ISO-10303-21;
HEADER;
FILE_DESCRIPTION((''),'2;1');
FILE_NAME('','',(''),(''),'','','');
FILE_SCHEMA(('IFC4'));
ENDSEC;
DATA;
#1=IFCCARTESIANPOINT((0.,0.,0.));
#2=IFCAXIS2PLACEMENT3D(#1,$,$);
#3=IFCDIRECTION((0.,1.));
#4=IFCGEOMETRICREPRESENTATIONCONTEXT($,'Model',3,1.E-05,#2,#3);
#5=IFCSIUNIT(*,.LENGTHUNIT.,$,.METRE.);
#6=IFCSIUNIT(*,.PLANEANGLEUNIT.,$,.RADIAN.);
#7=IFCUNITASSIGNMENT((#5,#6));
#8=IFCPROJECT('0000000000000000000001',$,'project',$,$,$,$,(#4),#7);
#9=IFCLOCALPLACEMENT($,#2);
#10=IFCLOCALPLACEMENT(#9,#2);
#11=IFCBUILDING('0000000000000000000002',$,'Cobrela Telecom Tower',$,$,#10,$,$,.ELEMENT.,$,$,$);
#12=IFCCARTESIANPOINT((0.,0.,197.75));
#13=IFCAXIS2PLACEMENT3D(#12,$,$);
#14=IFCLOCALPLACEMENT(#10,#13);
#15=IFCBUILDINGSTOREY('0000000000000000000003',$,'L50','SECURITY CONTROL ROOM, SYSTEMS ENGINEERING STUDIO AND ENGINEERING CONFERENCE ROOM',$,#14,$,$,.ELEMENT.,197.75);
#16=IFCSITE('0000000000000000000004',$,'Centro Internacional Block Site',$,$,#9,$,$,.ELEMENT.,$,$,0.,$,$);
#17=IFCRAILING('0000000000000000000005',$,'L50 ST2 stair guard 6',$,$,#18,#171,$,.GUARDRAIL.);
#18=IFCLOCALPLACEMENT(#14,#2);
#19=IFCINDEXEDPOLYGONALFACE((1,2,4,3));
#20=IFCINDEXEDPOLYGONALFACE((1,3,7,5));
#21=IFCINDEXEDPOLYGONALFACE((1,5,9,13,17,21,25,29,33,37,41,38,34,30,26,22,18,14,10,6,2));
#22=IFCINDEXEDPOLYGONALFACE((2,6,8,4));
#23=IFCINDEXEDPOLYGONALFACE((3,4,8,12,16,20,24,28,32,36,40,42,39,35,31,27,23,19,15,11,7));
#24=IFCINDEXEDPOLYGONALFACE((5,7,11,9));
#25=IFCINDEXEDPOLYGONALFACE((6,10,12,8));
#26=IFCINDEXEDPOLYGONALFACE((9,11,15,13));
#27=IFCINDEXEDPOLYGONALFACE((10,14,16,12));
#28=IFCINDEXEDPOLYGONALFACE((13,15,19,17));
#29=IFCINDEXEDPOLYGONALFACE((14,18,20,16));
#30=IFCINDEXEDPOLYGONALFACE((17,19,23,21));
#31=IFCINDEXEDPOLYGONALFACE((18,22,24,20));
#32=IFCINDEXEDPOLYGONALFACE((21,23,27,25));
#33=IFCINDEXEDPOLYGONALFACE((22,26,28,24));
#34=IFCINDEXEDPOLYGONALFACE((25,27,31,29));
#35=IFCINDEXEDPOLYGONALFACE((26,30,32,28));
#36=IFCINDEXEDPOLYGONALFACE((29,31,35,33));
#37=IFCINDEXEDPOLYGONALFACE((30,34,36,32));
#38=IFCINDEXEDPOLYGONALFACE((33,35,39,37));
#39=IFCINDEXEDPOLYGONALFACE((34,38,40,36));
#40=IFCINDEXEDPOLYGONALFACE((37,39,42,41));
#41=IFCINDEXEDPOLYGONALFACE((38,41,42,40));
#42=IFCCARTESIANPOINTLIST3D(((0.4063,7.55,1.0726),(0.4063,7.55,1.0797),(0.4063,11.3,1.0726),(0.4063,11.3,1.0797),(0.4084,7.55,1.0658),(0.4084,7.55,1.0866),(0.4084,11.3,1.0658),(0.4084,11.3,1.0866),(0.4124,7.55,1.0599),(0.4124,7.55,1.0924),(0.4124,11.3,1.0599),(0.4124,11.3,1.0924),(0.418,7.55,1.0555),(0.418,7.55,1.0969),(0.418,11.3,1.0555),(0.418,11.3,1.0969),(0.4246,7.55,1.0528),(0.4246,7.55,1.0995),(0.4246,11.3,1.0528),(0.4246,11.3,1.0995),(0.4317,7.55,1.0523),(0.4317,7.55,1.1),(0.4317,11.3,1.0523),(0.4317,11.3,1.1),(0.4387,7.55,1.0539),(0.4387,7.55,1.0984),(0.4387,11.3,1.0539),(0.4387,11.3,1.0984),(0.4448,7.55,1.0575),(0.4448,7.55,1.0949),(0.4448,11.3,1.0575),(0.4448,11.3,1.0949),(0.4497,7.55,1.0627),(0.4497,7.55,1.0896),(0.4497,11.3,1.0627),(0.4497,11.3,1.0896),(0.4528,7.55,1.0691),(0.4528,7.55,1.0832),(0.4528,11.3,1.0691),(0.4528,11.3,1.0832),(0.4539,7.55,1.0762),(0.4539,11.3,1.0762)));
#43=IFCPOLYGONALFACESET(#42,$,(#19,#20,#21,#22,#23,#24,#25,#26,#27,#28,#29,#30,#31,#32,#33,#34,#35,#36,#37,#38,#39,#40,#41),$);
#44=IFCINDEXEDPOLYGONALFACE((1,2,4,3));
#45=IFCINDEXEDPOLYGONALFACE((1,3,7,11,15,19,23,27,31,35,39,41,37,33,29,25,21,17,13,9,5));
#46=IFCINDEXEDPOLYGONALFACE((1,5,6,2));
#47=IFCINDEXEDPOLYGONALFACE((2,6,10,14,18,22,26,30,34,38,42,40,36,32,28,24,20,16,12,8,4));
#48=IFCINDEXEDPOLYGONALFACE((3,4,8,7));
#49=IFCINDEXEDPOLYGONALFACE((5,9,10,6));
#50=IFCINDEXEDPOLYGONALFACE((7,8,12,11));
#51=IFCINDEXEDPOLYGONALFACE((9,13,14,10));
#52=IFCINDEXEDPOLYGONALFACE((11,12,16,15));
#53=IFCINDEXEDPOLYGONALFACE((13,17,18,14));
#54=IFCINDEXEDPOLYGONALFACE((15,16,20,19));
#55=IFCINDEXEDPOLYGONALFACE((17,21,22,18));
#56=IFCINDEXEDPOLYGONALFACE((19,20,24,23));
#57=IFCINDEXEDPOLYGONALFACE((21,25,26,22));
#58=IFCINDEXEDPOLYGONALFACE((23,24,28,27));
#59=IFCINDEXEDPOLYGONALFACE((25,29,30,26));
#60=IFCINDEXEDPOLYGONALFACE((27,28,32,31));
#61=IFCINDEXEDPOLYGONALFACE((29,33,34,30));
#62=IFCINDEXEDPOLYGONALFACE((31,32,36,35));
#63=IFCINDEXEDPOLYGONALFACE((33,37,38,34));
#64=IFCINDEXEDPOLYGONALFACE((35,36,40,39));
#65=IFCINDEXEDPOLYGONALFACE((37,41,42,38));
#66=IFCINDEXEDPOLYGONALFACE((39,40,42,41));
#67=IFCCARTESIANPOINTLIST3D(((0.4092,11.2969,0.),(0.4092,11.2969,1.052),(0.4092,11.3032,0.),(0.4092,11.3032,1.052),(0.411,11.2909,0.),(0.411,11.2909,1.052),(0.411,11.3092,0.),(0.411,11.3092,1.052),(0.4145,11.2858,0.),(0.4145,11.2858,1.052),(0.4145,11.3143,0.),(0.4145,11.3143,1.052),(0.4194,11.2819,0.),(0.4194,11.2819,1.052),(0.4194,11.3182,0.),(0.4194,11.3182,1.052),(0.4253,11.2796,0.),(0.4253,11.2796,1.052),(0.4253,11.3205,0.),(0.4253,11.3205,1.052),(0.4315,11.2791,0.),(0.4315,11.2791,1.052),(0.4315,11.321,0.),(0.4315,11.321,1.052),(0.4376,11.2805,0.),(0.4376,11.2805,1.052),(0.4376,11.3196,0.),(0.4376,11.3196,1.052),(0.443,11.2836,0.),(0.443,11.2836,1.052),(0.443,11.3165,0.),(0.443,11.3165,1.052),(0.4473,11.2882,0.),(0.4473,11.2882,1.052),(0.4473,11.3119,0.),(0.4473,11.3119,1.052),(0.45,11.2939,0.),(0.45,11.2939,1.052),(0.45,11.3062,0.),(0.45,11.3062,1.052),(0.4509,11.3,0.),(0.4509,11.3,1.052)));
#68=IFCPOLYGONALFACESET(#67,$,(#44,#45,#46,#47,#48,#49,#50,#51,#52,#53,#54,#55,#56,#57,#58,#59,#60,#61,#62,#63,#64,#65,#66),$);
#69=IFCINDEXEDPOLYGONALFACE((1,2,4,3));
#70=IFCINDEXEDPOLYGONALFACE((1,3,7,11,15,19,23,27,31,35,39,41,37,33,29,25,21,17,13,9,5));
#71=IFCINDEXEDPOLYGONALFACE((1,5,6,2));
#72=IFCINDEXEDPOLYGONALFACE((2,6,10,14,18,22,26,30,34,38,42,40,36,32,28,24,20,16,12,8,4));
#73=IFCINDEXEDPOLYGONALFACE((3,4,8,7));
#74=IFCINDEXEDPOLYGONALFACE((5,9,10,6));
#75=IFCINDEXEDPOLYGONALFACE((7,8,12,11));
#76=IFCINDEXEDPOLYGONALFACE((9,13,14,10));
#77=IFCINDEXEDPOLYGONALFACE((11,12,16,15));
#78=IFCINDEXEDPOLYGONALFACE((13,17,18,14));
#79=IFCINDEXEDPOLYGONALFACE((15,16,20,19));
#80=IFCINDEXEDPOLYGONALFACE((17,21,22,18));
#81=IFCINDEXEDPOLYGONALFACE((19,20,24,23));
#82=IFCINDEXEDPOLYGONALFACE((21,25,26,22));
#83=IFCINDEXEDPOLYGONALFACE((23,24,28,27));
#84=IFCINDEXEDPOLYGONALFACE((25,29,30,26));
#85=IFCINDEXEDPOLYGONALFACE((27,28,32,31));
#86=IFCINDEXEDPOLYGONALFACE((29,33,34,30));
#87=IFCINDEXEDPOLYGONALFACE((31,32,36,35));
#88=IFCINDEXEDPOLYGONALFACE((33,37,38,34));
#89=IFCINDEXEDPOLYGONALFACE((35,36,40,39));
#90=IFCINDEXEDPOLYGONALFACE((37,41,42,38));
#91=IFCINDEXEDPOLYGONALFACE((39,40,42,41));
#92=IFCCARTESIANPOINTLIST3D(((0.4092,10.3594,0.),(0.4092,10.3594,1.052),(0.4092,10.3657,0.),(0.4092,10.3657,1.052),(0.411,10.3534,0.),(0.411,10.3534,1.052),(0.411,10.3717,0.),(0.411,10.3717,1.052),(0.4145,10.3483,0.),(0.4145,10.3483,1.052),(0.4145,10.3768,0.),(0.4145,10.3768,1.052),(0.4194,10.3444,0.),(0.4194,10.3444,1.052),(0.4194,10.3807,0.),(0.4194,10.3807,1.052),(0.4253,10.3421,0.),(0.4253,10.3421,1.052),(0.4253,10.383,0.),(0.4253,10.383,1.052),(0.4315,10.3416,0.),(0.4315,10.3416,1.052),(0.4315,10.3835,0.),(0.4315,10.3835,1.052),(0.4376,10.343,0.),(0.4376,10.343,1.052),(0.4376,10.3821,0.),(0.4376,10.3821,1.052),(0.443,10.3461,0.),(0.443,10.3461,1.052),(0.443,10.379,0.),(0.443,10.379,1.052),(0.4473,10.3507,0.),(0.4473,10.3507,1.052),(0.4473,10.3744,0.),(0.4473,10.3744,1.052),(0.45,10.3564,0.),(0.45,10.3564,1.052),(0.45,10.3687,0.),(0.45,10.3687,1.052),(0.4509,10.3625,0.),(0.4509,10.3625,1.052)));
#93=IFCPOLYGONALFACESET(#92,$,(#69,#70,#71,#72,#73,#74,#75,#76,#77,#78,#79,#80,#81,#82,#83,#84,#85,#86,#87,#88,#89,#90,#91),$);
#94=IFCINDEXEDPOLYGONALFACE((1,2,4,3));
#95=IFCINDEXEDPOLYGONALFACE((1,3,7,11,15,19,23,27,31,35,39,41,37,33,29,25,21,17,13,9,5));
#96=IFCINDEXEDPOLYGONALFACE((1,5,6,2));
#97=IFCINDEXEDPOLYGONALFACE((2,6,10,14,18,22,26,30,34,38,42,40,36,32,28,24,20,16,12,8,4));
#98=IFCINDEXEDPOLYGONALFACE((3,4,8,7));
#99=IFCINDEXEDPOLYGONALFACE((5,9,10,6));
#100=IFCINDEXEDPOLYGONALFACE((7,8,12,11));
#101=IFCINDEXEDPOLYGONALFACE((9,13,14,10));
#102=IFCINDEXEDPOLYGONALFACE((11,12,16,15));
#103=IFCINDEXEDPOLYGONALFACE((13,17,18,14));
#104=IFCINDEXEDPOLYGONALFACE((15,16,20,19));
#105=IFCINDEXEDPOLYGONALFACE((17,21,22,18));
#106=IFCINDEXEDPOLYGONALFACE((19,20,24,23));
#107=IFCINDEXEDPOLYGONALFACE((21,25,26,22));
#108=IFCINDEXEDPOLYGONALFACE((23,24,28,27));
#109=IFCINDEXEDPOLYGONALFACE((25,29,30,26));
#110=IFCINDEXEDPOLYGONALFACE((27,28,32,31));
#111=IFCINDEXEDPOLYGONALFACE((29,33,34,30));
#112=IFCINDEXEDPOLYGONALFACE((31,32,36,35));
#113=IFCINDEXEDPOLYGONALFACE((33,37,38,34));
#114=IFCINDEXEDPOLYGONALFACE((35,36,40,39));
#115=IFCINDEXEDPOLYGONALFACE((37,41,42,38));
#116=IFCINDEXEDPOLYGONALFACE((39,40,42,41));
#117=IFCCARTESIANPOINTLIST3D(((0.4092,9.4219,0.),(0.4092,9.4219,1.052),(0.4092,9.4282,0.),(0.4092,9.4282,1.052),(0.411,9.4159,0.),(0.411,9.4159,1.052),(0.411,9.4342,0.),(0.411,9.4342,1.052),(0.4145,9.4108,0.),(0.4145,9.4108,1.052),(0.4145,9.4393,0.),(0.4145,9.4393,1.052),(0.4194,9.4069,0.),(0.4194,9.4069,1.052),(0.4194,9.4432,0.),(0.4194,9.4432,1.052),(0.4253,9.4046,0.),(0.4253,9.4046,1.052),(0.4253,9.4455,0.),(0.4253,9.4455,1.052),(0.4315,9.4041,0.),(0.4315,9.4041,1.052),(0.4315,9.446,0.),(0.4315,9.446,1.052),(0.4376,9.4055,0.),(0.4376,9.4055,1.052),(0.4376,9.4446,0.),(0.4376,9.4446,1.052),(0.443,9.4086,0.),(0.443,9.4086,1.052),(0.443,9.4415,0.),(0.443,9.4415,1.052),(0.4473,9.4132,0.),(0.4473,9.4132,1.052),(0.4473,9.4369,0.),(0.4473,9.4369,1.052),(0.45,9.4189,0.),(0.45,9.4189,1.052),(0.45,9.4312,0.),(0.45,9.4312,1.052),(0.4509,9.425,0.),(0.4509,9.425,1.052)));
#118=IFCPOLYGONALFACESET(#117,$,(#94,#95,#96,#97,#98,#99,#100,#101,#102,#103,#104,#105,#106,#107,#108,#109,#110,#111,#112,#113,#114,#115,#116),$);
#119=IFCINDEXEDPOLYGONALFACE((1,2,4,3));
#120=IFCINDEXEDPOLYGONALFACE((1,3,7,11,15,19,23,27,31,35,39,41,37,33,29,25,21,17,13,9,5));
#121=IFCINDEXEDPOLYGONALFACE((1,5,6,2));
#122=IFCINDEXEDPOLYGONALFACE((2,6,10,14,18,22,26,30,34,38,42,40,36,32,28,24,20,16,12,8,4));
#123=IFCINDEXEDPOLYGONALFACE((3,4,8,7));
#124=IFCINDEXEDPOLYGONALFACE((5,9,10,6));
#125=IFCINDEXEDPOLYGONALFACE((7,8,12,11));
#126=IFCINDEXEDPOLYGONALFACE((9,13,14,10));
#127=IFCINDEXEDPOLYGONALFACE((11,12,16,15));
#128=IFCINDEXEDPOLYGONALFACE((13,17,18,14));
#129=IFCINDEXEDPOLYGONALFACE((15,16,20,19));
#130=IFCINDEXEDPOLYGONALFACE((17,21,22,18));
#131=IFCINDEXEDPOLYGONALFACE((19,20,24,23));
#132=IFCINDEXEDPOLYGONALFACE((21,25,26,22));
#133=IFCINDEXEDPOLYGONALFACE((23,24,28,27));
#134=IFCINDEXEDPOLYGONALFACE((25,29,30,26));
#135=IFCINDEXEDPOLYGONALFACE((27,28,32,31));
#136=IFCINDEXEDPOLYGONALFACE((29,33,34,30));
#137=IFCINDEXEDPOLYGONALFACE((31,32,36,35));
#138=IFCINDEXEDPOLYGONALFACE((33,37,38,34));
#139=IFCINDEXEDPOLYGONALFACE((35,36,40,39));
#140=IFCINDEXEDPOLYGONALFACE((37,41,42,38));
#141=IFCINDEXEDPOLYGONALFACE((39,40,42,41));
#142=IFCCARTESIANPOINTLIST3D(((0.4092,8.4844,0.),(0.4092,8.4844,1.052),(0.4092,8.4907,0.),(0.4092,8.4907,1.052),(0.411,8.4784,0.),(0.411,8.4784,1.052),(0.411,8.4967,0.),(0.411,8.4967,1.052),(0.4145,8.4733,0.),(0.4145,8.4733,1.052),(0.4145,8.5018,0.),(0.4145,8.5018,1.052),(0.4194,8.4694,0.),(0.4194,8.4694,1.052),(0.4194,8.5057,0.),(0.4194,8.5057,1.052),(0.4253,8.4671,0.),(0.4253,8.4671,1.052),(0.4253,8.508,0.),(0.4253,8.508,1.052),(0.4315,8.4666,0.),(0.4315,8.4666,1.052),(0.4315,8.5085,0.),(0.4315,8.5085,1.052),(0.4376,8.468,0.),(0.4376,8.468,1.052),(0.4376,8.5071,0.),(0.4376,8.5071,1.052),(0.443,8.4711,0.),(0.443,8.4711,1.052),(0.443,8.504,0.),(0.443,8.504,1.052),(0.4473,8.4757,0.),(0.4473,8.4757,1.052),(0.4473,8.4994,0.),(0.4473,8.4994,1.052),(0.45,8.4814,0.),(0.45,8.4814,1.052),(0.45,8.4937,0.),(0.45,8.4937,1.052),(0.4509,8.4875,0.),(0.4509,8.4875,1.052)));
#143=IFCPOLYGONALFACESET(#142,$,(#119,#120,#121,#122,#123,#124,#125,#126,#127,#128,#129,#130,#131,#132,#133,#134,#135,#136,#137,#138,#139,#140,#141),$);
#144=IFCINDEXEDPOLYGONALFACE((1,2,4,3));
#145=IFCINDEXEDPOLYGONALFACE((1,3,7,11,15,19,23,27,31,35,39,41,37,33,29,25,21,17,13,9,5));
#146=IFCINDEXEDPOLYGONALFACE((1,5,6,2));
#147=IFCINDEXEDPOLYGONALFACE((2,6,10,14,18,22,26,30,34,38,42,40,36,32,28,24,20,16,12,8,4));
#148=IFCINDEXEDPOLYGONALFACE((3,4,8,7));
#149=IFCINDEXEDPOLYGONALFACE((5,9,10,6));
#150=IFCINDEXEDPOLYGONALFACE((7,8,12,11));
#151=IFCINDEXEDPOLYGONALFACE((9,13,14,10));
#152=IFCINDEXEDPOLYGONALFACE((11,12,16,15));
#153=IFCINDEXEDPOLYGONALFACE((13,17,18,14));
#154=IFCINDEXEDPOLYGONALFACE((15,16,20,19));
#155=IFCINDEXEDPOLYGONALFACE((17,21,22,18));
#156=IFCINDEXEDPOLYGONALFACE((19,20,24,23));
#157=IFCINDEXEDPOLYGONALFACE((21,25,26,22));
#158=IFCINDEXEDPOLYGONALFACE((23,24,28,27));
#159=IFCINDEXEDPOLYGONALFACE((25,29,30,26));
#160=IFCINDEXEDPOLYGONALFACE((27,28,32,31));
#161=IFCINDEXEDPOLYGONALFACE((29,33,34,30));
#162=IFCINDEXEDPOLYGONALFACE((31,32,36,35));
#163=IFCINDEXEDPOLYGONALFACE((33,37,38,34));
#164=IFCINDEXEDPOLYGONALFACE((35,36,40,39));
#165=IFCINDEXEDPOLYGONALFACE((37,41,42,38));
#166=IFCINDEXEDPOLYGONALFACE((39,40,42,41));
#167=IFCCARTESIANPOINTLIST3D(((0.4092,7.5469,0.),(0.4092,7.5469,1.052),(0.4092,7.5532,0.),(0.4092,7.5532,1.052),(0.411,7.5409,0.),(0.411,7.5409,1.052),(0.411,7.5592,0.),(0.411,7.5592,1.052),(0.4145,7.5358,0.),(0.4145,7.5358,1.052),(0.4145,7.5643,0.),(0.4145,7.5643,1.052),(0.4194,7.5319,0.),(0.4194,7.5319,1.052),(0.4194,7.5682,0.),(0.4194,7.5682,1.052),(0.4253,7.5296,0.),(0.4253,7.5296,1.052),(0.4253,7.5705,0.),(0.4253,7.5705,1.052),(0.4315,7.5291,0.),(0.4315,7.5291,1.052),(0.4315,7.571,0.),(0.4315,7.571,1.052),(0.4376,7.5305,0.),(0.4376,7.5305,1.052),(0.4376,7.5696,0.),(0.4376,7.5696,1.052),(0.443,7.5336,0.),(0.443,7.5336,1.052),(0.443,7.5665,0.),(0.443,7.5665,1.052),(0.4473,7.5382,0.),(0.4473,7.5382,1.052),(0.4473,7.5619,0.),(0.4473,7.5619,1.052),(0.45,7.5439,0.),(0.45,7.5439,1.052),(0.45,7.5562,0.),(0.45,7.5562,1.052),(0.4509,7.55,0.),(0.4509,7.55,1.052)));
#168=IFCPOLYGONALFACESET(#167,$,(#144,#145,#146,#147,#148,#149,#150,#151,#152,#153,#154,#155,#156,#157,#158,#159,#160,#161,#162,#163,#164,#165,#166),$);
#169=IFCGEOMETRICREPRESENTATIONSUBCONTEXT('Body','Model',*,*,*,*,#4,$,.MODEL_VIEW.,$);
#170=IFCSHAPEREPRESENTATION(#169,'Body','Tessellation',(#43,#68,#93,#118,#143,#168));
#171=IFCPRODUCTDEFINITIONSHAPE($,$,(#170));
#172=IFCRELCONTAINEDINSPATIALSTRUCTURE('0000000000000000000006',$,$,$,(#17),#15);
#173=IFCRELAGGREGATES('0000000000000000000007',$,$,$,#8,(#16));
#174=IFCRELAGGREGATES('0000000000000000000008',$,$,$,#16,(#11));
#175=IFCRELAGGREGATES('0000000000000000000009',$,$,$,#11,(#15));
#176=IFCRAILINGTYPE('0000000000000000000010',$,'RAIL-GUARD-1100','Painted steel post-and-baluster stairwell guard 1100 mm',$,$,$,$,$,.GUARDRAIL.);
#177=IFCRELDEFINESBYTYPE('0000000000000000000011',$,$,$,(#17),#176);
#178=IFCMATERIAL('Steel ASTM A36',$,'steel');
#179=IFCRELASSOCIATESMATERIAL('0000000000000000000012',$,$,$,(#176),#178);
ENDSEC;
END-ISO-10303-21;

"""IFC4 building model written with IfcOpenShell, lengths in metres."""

from ifc_helpers import new_model, si_unit, direction, frame, origin, origin_2d, place, context, subcontext, project, spatial, circle, extrude, material, type_object, element, save


model = new_model("IFC4")

# Units and contexts
model_context = context("Model", 3, precision=1e-05, world=origin(), true_north=direction((0.0, 1.0)))
body_context = subcontext(model_context, "Body", "Model", "MODEL_VIEW")
ifc_project = project(units=[si_unit("LENGTHUNIT", "METRE"), si_unit("PLANEANGLEUNIT", "RADIAN")], contexts=[model_context])

# Site, building, storey
site_placement = place(None, origin())
site = spatial("IfcSite", under=ifc_project, at=site_placement, Name="Centro Internacional Block Site", CompositionType="ELEMENT", RefElevation=0.0)
building_placement = place(site_placement, origin())
building = spatial("IfcBuilding", under=site, at=building_placement, Name="Cobrela Telecom Tower", CompositionType="ELEMENT")
storey_placement = place(building_placement, frame((0.0, 0.0, 197.75)))
storey = spatial("IfcBuildingStorey", under=building, at=storey_placement, Name="L50", Description="SECURITY CONTROL ROOM, SYSTEMS ENGINEERING STUDIO AND ENGINEERING CONFERENCE ROOM", CompositionType="ELEMENT", Elevation=197.75)

# Shared definitions
ifc_material_1 = material(Name="Steel ASTM A36", Category="steel")

# Railing
railing_type = type_object("IfcRailingType", Name="RAIL-GUARD-1100", Description="Painted steel post-and-baluster stairwell guard 1100 mm", PredefinedType="GUARDRAIL", material=ifc_material_1)
railing_1_placement = place(storey_placement, frame((0.4299, 11.3, 0.0)))
element("IfcRailing", 1, at=railing_1_placement, inside=storey, type_object=railing_type, Name="L50 ST2 stair guard 6", PredefinedType="GUARDRAIL", context=body_context, shape_type="SweptSolid", body=[
    extrude(circle(Radius=0.0239, at=origin_2d()), frame((0.0, 0.0, 1.0762), z_axis=(0.0, -1.0, 0.0), x_axis=(1.0, 0.0, 0.0)), (0.0, 0.0, 1.0), 3.75),
    extrude(circle(Radius=0.021, at=origin_2d()), origin(), (0.0, 0.0, 1.0), 1.052),
    extrude(circle(Radius=0.021, at=origin_2d()), frame((0.0, -0.9375, 0.0)), (0.0, 0.0, 1.0), 1.052),
    extrude(circle(Radius=0.021, at=origin_2d()), frame((0.0, -1.875, 0.0)), (0.0, 0.0, 1.0), 1.052),
    extrude(circle(Radius=0.021, at=origin_2d()), frame((0.0, -2.8125, 0.0)), (0.0, 0.0, 1.0), 1.052),
    extrude(circle(Radius=0.021, at=origin_2d()), frame((0.0, -3.75, 0.0)), (0.0, 0.0, 1.0), 1.052),
])

save(model, "model.ifc")
